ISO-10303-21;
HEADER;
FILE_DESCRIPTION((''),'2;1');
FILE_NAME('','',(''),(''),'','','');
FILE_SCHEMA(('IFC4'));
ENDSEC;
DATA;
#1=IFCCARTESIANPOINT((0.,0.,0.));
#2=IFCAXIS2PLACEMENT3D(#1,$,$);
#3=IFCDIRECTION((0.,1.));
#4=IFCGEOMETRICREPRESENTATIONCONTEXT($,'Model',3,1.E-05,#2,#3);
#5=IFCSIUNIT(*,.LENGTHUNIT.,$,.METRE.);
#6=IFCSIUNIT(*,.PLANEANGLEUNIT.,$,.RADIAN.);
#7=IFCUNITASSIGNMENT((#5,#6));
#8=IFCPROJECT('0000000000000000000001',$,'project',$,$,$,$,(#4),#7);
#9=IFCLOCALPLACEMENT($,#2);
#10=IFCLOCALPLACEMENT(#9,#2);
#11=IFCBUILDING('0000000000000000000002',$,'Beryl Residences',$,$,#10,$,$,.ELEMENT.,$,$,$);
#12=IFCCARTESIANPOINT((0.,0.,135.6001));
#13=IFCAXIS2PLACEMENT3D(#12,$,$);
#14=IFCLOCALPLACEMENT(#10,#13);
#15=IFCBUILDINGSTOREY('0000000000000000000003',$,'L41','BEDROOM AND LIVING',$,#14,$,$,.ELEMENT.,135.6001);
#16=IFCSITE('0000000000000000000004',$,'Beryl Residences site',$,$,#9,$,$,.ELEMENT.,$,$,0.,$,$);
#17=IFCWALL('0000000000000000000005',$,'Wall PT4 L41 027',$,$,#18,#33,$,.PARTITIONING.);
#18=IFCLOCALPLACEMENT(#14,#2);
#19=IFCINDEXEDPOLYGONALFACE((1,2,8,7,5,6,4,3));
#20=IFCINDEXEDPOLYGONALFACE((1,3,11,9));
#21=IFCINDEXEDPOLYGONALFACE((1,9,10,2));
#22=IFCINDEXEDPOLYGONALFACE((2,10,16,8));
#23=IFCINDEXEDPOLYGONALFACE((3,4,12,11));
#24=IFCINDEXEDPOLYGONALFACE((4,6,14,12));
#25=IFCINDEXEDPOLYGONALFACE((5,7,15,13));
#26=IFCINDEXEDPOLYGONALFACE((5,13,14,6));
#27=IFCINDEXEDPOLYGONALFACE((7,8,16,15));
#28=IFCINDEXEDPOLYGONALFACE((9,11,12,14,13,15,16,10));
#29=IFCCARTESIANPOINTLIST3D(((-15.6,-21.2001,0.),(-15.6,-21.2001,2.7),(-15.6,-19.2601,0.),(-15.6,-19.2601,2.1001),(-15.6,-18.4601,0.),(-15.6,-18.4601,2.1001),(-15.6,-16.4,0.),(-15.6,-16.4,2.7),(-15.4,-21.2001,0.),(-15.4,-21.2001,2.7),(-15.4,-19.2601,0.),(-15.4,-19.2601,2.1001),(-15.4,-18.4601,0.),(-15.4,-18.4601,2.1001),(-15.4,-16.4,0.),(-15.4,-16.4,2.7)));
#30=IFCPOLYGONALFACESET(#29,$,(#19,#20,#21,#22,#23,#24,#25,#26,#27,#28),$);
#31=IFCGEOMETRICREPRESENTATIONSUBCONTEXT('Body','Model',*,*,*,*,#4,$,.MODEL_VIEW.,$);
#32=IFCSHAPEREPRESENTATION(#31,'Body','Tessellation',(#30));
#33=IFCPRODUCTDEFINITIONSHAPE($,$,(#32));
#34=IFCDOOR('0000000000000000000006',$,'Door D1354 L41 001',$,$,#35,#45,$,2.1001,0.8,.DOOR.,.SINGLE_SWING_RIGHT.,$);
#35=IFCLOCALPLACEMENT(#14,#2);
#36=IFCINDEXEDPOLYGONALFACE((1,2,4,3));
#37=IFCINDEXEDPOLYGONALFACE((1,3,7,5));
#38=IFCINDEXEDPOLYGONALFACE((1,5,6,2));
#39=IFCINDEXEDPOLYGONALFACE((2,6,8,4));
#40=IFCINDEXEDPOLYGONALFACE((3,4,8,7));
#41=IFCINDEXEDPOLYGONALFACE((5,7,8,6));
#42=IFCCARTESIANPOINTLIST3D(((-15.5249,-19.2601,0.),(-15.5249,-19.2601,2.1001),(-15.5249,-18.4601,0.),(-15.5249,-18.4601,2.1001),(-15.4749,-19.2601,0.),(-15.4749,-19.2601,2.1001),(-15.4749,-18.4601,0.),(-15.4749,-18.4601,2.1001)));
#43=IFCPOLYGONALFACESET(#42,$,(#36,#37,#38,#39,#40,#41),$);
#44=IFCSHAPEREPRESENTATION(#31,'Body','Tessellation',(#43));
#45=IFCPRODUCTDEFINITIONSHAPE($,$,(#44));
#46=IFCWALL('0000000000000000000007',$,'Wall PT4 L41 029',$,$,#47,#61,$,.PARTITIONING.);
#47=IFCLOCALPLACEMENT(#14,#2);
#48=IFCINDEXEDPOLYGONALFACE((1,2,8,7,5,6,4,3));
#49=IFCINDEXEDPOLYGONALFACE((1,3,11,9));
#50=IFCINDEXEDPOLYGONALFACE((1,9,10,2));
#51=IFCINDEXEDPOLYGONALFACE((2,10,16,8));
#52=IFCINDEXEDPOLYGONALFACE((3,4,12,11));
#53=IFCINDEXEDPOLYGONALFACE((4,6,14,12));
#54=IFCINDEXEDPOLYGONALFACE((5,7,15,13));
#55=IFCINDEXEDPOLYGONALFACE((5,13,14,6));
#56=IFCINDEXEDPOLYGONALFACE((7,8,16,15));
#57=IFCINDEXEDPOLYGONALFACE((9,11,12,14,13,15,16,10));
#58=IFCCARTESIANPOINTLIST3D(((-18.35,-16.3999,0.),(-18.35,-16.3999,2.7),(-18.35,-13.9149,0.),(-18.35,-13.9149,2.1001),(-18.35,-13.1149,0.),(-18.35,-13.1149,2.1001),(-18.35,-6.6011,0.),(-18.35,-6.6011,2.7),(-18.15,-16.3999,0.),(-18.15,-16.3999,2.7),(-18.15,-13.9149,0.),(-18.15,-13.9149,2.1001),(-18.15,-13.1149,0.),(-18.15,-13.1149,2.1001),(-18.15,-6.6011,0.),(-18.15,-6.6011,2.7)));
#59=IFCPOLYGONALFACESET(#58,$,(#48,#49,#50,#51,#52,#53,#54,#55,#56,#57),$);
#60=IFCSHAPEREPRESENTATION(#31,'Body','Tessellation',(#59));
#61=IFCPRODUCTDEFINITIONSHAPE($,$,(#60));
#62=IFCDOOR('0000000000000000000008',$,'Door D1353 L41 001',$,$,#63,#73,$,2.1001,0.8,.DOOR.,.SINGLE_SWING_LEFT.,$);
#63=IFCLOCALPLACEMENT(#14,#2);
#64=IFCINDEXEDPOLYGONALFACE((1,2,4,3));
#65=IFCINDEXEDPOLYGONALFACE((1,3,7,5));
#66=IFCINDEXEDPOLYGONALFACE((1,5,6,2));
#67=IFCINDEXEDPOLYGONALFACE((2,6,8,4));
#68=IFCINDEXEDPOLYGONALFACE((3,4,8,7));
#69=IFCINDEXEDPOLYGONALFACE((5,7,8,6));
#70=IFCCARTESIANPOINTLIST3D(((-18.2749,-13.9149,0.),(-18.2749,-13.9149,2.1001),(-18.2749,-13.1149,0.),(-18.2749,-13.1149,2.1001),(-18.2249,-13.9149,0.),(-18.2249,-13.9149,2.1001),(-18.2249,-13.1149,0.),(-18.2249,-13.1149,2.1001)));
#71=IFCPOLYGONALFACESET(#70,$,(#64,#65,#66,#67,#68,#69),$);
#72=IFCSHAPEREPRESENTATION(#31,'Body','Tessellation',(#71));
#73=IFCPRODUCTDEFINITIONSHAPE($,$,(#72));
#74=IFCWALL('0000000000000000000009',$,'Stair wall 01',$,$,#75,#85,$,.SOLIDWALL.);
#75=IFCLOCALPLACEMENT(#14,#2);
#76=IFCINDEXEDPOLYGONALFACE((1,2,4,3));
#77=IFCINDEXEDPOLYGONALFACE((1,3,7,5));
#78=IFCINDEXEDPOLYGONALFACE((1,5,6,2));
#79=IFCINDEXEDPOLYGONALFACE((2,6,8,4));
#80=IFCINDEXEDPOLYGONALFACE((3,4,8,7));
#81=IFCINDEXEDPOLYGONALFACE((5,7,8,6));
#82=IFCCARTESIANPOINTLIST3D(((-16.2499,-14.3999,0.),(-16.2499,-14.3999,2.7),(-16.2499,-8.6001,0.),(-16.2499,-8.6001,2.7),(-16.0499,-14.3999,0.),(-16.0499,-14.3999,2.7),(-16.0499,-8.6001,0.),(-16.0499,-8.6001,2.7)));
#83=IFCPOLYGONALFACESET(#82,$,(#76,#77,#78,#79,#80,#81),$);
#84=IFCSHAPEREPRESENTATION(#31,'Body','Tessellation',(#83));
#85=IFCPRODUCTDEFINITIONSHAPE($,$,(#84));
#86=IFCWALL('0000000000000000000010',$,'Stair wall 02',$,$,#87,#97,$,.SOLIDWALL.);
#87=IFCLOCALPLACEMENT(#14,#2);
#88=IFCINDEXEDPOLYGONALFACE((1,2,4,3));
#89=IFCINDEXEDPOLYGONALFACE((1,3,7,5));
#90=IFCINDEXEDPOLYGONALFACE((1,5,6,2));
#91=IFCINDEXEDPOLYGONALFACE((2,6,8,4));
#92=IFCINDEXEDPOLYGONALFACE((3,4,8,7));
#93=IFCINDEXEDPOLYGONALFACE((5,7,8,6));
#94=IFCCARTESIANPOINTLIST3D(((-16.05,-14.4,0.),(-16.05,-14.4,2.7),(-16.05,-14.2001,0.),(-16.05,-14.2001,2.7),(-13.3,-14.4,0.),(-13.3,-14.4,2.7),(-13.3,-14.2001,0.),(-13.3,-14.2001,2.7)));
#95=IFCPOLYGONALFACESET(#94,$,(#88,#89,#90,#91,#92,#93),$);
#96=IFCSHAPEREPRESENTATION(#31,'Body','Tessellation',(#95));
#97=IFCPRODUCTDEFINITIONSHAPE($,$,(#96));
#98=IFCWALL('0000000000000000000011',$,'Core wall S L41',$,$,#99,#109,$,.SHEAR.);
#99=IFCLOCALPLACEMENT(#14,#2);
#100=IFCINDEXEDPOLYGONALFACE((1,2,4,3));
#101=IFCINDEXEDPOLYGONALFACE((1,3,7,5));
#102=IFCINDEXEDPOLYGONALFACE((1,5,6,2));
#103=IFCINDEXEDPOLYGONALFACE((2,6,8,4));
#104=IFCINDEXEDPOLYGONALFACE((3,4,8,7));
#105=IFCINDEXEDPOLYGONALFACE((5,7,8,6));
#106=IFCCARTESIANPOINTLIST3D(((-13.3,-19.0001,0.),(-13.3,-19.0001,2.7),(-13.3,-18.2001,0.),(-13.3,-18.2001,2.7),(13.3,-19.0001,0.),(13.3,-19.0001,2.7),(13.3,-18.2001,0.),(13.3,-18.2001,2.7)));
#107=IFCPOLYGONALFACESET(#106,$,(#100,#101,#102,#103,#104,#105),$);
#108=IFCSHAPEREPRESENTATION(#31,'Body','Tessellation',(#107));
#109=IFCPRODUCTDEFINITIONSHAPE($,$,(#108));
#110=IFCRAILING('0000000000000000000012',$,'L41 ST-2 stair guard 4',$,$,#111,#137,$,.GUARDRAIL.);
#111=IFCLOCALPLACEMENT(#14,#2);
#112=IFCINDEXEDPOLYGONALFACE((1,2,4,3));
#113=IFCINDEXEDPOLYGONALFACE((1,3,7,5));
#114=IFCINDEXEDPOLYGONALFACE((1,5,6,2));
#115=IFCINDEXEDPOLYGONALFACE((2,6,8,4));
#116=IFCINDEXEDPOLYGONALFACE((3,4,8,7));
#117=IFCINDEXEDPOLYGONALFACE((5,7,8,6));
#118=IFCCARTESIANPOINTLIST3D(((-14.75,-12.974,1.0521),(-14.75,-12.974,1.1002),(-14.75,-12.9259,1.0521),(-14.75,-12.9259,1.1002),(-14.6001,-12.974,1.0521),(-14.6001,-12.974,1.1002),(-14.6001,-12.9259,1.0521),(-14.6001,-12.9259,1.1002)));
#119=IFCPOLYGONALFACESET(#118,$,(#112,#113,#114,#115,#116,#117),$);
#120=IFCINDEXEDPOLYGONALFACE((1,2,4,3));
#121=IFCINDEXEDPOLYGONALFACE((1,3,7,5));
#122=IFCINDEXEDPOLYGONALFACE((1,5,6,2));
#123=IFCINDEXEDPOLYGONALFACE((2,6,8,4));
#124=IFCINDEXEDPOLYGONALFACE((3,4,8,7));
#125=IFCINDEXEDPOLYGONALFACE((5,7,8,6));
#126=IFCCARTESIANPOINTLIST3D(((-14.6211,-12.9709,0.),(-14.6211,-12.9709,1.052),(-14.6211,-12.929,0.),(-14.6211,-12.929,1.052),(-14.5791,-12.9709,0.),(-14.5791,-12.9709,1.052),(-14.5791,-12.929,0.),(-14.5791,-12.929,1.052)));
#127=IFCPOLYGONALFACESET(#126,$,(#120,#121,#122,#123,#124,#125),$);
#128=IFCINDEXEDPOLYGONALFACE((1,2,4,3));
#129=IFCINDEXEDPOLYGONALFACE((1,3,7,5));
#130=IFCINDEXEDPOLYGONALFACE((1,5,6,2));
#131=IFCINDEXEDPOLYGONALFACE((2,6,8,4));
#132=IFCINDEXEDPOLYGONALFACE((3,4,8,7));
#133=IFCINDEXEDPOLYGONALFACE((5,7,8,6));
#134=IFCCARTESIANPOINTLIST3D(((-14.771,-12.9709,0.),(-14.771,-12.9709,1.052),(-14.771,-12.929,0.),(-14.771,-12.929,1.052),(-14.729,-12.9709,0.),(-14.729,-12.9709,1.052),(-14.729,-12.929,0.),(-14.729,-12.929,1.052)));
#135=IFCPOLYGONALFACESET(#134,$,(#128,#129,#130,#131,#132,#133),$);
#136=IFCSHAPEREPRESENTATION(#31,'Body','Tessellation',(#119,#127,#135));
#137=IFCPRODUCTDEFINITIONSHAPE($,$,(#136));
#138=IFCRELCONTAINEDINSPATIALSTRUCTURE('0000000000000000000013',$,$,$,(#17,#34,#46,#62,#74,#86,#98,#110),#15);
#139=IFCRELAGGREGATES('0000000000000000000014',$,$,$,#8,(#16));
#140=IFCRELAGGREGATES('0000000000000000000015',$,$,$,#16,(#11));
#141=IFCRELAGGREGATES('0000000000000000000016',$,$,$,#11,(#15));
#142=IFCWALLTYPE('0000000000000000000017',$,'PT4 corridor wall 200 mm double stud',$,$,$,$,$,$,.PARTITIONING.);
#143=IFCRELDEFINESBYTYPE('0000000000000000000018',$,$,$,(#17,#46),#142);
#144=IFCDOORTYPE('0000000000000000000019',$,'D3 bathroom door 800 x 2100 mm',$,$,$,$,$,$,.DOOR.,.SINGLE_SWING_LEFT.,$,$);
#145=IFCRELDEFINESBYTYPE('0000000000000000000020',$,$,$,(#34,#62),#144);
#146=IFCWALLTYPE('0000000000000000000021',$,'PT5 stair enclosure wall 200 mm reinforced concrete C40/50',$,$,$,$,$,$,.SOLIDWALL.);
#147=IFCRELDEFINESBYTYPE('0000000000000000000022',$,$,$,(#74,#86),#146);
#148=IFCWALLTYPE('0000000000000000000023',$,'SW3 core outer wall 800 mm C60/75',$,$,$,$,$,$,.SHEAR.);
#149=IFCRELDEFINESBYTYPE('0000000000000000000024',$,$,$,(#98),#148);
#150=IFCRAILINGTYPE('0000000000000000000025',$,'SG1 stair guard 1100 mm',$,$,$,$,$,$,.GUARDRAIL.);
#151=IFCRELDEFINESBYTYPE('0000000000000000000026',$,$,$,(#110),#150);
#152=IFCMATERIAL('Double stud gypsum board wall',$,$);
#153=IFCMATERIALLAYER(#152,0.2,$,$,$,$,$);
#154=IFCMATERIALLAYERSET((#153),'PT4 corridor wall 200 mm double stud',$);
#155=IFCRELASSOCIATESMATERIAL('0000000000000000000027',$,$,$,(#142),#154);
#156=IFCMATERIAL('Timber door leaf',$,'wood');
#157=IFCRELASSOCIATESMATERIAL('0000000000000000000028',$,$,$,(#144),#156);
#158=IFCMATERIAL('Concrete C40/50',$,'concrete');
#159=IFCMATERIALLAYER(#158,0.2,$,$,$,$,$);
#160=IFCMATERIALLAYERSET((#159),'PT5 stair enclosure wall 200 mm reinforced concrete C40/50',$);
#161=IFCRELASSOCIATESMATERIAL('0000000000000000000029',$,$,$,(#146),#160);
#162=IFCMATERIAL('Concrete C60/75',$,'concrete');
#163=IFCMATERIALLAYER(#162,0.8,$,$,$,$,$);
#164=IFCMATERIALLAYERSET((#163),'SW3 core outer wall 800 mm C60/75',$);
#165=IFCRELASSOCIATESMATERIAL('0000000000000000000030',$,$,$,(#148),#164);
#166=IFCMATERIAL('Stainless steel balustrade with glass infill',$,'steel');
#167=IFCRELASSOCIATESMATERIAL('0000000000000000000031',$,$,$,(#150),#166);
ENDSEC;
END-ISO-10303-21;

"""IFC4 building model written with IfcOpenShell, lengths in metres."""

from ifc_helpers import new_model, si_unit, direction, frame, frame_2d, origin, origin_2d, place, context, subcontext, project, spatial, rectangle, extrude, material, layer, layer_set, type_object, element, fill, save


model = new_model("IFC4")

# Units and contexts
model_context = context("Model", 3, precision=1e-05, world=origin(), true_north=direction((0.0, 1.0)))
body_context = subcontext(model_context, "Body", "Model", "MODEL_VIEW")
ifc_project = project(units=[si_unit("LENGTHUNIT", "METRE"), si_unit("PLANEANGLEUNIT", "RADIAN")], contexts=[model_context])

# Site, building, storey
site_placement = place(None, origin())
site = spatial("IfcSite", under=ifc_project, at=site_placement, Name="Beryl Residences site", CompositionType="ELEMENT", RefElevation=0.0)
building_placement = place(site_placement, origin())
building = spatial("IfcBuilding", under=site, at=building_placement, Name="Beryl Residences", CompositionType="ELEMENT")
storey_placement = place(building_placement, frame((0.0, 0.0, 135.6001)))
storey = spatial("IfcBuildingStorey", under=building, at=storey_placement, Name="L41", Description="BEDROOM AND LIVING", CompositionType="ELEMENT", Elevation=135.6001)

# Shared definitions
ifc_material_1 = material(Name="Double stud gypsum board wall")
ifc_layer_1 = layer(ifc_material_1, 0.2)
ifc_layer_set_1 = layer_set([ifc_layer_1], Name="PT4 corridor wall 200 mm double stud")
wall_type_1 = type_object("IfcWallType", Name="PT4 corridor wall 200 mm double stud", PredefinedType="PARTITIONING", material=ifc_layer_set_1)

# Shared definitions
ifc_material_2 = material(Name="Timber door leaf", Category="wood")
door_type_1 = type_object("IfcDoorType", Name="D3 bathroom door 800 x 2100 mm", OperationType="SINGLE_SWING_LEFT", PredefinedType="DOOR", material=ifc_material_2)

# Walls, openings, doors
wall_1_placement = place(storey_placement, frame((-15.5, -21.2, 0.0), z_axis=(0.0, 0.0, 1.0), x_axis=(0.0, 1.0, 0.0)))
wall_1 = element("IfcWall", 1, at=wall_1_placement, inside=storey, type_object=wall_type_1, Name="Wall PT4 L41 027", PredefinedType="PARTITIONING", context=body_context, shape_type="SweptSolid", body=[
    extrude(rectangle(XDim=4.8, YDim=0.2, at=frame_2d((2.3999, 0.0))), origin(), (0.0, 0.0, 1.0), 2.7),
])
opening_1_placement = place(wall_1_placement, frame((1.9399, 0.0, 0.0)))
opening_1 = element("IfcOpeningElement", 2, at=opening_1_placement, cuts=wall_1, PredefinedType="OPENING", context=body_context, shape_type="SweptSolid", body=[
    extrude(rectangle(XDim=0.8, YDim=2.1001, at=frame_2d((0.3999, 1.05))), frame((0.0, 0.1099, 0.0), z_axis=(0.0, -1.0, 0.0), x_axis=(1.0, 0.0, 0.0)), (0.0, 0.0, 1.0), 0.22),
])
door_1_placement = place(opening_1_placement, origin())
door_1 = element("IfcDoor", 3, at=door_1_placement, inside=storey, type_object=door_type_1, Name="Door D1354 L41 001", OperationType="SINGLE_SWING_RIGHT", OverallHeight=2.1001, OverallWidth=0.8, PredefinedType="DOOR", context=body_context, shape_type="SweptSolid", body=[
    extrude(rectangle(XDim=0.8, YDim=2.1001, at=frame_2d((0.3999, 1.05))), frame((0.0, 0.0249, 0.0), z_axis=(0.0, -1.0, 0.0), x_axis=(1.0, 0.0, 0.0)), (0.0, 0.0, 1.0), 0.05),
])
fill(opening_1, door_1)
wall_2_placement = place(storey_placement, frame((-18.25, -16.3999, 0.0), z_axis=(0.0, 0.0, 1.0), x_axis=(0.0, 1.0, 0.0)))
wall_2 = element("IfcWall", 4, at=wall_2_placement, inside=storey, type_object=wall_type_1, Name="Wall PT4 L41 029", PredefinedType="PARTITIONING", context=body_context, shape_type="SweptSolid", body=[
    extrude(rectangle(XDim=9.7988, YDim=0.2, at=frame_2d((4.8994, 0.0))), origin(), (0.0, 0.0, 1.0), 2.7),
])
opening_2_placement = place(wall_2_placement, frame((2.4851, 0.0, 0.0)))
opening_2 = element("IfcOpeningElement", 5, at=opening_2_placement, cuts=wall_2, PredefinedType="OPENING", context=body_context, shape_type="SweptSolid", body=[
    extrude(rectangle(XDim=0.8, YDim=2.1001, at=frame_2d((0.3999, 1.05))), frame((0.0, 0.1099, 0.0), z_axis=(0.0, -1.0, 0.0), x_axis=(1.0, 0.0, 0.0)), (0.0, 0.0, 1.0), 0.22),
])
door_2_placement = place(opening_2_placement, origin())
door_2 = element("IfcDoor", 6, at=door_2_placement, inside=storey, type_object=door_type_1, Name="Door D1353 L41 001", OperationType="SINGLE_SWING_LEFT", OverallHeight=2.1001, OverallWidth=0.8, PredefinedType="DOOR", context=body_context, shape_type="SweptSolid", body=[
    extrude(rectangle(XDim=0.8, YDim=2.1001, at=frame_2d((0.3999, 1.05))), frame((0.0, 0.0249, 0.0), z_axis=(0.0, -1.0, 0.0), x_axis=(1.0, 0.0, 0.0)), (0.0, 0.0, 1.0), 0.05),
])
fill(opening_2, door_2)

# Walls
ifc_material_3 = material(Name="Concrete C40/50", Category="concrete")
ifc_layer_2 = layer(ifc_material_3, 0.2)
ifc_layer_set_2 = layer_set([ifc_layer_2], Name="PT5 stair enclosure wall 200 mm reinforced concrete C40/50")
wall_type_2 = type_object("IfcWallType", Name="PT5 stair enclosure wall 200 mm reinforced concrete C40/50", PredefinedType="SOLIDWALL", material=ifc_layer_set_2)
wall_3_placement = place(storey_placement, frame((-16.1499, -14.3999, 0.0), z_axis=(0.0, 0.0, 1.0), x_axis=(0.0, 1.0, 0.0)))
element("IfcWall", 7, at=wall_3_placement, inside=storey, type_object=wall_type_2, Name="Stair wall 01", PredefinedType="SOLIDWALL", context=body_context, shape_type="SweptSolid", body=[
    extrude(rectangle(XDim=5.7998, YDim=0.2, at=frame_2d((2.8999, 0.0))), origin(), (0.0, 0.0, 1.0), 2.7),
])
wall_4_placement = place(storey_placement, frame((-16.05, -14.3, 0.0), z_axis=(0.0, 0.0, 1.0), x_axis=(1.0, 0.0, 0.0)))
element("IfcWall", 8, at=wall_4_placement, inside=storey, type_object=wall_type_2, Name="Stair wall 02", PredefinedType="SOLIDWALL", context=body_context, shape_type="SweptSolid", body=[
    extrude(rectangle(XDim=2.75, YDim=0.2, at=frame_2d((1.375, 0.0))), origin(), (0.0, 0.0, 1.0), 2.7),
])
ifc_material_4 = material(Name="Concrete C60/75", Category="concrete")
ifc_layer_3 = layer(ifc_material_4, 0.8)
ifc_layer_set_3 = layer_set([ifc_layer_3], Name="SW3 core outer wall 800 mm C60/75")
wall_type_3 = type_object("IfcWallType", Name="SW3 core outer wall 800 mm C60/75", PredefinedType="SHEAR", material=ifc_layer_set_3)
wall_5_placement = place(storey_placement, frame((-13.3, -18.6001, 0.0), z_axis=(0.0, 0.0, 1.0), x_axis=(1.0, 0.0, 0.0)))
element("IfcWall", 9, at=wall_5_placement, inside=storey, type_object=wall_type_3, Name="Core wall S L41", PredefinedType="SHEAR", context=body_context, shape_type="SweptSolid", body=[
    extrude(rectangle(XDim=26.6001, YDim=0.8, at=frame_2d((13.3, 0.0))), origin(), (0.0, 0.0, 1.0), 2.7),
])

# Railing
ifc_material_5 = material(Name="Stainless steel balustrade with glass infill", Category="steel")
railing_type = type_object("IfcRailingType", Name="SG1 stair guard 1100 mm", PredefinedType="GUARDRAIL", material=ifc_material_5)
railing_placement = place(storey_placement, frame((-14.6001, -12.95, 0.0)))
element("IfcRailing", 10, at=railing_placement, inside=storey, type_object=railing_type, Name="L41 ST-2 stair guard 4", PredefinedType="GUARDRAIL", context=body_context, shape_type="SweptSolid", body=[
    extrude(rectangle(XDim=0.0481, YDim=0.0481, at=origin_2d()), frame((0.0, 0.0, 1.0762), z_axis=(-1.0, 0.0, 0.0), x_axis=(0.0, -1.0, 0.0)), (0.0, 0.0, 1.0), 0.1499),
    extrude(rectangle(XDim=0.042, YDim=0.042, at=origin_2d()), origin(), (0.0, 0.0, 1.0), 1.052),
    extrude(rectangle(XDim=0.042, YDim=0.042, at=origin_2d()), frame((-0.1499, 0.0, 0.0)), (0.0, 0.0, 1.0), 1.052),
])

save(model, "model.ifc")
